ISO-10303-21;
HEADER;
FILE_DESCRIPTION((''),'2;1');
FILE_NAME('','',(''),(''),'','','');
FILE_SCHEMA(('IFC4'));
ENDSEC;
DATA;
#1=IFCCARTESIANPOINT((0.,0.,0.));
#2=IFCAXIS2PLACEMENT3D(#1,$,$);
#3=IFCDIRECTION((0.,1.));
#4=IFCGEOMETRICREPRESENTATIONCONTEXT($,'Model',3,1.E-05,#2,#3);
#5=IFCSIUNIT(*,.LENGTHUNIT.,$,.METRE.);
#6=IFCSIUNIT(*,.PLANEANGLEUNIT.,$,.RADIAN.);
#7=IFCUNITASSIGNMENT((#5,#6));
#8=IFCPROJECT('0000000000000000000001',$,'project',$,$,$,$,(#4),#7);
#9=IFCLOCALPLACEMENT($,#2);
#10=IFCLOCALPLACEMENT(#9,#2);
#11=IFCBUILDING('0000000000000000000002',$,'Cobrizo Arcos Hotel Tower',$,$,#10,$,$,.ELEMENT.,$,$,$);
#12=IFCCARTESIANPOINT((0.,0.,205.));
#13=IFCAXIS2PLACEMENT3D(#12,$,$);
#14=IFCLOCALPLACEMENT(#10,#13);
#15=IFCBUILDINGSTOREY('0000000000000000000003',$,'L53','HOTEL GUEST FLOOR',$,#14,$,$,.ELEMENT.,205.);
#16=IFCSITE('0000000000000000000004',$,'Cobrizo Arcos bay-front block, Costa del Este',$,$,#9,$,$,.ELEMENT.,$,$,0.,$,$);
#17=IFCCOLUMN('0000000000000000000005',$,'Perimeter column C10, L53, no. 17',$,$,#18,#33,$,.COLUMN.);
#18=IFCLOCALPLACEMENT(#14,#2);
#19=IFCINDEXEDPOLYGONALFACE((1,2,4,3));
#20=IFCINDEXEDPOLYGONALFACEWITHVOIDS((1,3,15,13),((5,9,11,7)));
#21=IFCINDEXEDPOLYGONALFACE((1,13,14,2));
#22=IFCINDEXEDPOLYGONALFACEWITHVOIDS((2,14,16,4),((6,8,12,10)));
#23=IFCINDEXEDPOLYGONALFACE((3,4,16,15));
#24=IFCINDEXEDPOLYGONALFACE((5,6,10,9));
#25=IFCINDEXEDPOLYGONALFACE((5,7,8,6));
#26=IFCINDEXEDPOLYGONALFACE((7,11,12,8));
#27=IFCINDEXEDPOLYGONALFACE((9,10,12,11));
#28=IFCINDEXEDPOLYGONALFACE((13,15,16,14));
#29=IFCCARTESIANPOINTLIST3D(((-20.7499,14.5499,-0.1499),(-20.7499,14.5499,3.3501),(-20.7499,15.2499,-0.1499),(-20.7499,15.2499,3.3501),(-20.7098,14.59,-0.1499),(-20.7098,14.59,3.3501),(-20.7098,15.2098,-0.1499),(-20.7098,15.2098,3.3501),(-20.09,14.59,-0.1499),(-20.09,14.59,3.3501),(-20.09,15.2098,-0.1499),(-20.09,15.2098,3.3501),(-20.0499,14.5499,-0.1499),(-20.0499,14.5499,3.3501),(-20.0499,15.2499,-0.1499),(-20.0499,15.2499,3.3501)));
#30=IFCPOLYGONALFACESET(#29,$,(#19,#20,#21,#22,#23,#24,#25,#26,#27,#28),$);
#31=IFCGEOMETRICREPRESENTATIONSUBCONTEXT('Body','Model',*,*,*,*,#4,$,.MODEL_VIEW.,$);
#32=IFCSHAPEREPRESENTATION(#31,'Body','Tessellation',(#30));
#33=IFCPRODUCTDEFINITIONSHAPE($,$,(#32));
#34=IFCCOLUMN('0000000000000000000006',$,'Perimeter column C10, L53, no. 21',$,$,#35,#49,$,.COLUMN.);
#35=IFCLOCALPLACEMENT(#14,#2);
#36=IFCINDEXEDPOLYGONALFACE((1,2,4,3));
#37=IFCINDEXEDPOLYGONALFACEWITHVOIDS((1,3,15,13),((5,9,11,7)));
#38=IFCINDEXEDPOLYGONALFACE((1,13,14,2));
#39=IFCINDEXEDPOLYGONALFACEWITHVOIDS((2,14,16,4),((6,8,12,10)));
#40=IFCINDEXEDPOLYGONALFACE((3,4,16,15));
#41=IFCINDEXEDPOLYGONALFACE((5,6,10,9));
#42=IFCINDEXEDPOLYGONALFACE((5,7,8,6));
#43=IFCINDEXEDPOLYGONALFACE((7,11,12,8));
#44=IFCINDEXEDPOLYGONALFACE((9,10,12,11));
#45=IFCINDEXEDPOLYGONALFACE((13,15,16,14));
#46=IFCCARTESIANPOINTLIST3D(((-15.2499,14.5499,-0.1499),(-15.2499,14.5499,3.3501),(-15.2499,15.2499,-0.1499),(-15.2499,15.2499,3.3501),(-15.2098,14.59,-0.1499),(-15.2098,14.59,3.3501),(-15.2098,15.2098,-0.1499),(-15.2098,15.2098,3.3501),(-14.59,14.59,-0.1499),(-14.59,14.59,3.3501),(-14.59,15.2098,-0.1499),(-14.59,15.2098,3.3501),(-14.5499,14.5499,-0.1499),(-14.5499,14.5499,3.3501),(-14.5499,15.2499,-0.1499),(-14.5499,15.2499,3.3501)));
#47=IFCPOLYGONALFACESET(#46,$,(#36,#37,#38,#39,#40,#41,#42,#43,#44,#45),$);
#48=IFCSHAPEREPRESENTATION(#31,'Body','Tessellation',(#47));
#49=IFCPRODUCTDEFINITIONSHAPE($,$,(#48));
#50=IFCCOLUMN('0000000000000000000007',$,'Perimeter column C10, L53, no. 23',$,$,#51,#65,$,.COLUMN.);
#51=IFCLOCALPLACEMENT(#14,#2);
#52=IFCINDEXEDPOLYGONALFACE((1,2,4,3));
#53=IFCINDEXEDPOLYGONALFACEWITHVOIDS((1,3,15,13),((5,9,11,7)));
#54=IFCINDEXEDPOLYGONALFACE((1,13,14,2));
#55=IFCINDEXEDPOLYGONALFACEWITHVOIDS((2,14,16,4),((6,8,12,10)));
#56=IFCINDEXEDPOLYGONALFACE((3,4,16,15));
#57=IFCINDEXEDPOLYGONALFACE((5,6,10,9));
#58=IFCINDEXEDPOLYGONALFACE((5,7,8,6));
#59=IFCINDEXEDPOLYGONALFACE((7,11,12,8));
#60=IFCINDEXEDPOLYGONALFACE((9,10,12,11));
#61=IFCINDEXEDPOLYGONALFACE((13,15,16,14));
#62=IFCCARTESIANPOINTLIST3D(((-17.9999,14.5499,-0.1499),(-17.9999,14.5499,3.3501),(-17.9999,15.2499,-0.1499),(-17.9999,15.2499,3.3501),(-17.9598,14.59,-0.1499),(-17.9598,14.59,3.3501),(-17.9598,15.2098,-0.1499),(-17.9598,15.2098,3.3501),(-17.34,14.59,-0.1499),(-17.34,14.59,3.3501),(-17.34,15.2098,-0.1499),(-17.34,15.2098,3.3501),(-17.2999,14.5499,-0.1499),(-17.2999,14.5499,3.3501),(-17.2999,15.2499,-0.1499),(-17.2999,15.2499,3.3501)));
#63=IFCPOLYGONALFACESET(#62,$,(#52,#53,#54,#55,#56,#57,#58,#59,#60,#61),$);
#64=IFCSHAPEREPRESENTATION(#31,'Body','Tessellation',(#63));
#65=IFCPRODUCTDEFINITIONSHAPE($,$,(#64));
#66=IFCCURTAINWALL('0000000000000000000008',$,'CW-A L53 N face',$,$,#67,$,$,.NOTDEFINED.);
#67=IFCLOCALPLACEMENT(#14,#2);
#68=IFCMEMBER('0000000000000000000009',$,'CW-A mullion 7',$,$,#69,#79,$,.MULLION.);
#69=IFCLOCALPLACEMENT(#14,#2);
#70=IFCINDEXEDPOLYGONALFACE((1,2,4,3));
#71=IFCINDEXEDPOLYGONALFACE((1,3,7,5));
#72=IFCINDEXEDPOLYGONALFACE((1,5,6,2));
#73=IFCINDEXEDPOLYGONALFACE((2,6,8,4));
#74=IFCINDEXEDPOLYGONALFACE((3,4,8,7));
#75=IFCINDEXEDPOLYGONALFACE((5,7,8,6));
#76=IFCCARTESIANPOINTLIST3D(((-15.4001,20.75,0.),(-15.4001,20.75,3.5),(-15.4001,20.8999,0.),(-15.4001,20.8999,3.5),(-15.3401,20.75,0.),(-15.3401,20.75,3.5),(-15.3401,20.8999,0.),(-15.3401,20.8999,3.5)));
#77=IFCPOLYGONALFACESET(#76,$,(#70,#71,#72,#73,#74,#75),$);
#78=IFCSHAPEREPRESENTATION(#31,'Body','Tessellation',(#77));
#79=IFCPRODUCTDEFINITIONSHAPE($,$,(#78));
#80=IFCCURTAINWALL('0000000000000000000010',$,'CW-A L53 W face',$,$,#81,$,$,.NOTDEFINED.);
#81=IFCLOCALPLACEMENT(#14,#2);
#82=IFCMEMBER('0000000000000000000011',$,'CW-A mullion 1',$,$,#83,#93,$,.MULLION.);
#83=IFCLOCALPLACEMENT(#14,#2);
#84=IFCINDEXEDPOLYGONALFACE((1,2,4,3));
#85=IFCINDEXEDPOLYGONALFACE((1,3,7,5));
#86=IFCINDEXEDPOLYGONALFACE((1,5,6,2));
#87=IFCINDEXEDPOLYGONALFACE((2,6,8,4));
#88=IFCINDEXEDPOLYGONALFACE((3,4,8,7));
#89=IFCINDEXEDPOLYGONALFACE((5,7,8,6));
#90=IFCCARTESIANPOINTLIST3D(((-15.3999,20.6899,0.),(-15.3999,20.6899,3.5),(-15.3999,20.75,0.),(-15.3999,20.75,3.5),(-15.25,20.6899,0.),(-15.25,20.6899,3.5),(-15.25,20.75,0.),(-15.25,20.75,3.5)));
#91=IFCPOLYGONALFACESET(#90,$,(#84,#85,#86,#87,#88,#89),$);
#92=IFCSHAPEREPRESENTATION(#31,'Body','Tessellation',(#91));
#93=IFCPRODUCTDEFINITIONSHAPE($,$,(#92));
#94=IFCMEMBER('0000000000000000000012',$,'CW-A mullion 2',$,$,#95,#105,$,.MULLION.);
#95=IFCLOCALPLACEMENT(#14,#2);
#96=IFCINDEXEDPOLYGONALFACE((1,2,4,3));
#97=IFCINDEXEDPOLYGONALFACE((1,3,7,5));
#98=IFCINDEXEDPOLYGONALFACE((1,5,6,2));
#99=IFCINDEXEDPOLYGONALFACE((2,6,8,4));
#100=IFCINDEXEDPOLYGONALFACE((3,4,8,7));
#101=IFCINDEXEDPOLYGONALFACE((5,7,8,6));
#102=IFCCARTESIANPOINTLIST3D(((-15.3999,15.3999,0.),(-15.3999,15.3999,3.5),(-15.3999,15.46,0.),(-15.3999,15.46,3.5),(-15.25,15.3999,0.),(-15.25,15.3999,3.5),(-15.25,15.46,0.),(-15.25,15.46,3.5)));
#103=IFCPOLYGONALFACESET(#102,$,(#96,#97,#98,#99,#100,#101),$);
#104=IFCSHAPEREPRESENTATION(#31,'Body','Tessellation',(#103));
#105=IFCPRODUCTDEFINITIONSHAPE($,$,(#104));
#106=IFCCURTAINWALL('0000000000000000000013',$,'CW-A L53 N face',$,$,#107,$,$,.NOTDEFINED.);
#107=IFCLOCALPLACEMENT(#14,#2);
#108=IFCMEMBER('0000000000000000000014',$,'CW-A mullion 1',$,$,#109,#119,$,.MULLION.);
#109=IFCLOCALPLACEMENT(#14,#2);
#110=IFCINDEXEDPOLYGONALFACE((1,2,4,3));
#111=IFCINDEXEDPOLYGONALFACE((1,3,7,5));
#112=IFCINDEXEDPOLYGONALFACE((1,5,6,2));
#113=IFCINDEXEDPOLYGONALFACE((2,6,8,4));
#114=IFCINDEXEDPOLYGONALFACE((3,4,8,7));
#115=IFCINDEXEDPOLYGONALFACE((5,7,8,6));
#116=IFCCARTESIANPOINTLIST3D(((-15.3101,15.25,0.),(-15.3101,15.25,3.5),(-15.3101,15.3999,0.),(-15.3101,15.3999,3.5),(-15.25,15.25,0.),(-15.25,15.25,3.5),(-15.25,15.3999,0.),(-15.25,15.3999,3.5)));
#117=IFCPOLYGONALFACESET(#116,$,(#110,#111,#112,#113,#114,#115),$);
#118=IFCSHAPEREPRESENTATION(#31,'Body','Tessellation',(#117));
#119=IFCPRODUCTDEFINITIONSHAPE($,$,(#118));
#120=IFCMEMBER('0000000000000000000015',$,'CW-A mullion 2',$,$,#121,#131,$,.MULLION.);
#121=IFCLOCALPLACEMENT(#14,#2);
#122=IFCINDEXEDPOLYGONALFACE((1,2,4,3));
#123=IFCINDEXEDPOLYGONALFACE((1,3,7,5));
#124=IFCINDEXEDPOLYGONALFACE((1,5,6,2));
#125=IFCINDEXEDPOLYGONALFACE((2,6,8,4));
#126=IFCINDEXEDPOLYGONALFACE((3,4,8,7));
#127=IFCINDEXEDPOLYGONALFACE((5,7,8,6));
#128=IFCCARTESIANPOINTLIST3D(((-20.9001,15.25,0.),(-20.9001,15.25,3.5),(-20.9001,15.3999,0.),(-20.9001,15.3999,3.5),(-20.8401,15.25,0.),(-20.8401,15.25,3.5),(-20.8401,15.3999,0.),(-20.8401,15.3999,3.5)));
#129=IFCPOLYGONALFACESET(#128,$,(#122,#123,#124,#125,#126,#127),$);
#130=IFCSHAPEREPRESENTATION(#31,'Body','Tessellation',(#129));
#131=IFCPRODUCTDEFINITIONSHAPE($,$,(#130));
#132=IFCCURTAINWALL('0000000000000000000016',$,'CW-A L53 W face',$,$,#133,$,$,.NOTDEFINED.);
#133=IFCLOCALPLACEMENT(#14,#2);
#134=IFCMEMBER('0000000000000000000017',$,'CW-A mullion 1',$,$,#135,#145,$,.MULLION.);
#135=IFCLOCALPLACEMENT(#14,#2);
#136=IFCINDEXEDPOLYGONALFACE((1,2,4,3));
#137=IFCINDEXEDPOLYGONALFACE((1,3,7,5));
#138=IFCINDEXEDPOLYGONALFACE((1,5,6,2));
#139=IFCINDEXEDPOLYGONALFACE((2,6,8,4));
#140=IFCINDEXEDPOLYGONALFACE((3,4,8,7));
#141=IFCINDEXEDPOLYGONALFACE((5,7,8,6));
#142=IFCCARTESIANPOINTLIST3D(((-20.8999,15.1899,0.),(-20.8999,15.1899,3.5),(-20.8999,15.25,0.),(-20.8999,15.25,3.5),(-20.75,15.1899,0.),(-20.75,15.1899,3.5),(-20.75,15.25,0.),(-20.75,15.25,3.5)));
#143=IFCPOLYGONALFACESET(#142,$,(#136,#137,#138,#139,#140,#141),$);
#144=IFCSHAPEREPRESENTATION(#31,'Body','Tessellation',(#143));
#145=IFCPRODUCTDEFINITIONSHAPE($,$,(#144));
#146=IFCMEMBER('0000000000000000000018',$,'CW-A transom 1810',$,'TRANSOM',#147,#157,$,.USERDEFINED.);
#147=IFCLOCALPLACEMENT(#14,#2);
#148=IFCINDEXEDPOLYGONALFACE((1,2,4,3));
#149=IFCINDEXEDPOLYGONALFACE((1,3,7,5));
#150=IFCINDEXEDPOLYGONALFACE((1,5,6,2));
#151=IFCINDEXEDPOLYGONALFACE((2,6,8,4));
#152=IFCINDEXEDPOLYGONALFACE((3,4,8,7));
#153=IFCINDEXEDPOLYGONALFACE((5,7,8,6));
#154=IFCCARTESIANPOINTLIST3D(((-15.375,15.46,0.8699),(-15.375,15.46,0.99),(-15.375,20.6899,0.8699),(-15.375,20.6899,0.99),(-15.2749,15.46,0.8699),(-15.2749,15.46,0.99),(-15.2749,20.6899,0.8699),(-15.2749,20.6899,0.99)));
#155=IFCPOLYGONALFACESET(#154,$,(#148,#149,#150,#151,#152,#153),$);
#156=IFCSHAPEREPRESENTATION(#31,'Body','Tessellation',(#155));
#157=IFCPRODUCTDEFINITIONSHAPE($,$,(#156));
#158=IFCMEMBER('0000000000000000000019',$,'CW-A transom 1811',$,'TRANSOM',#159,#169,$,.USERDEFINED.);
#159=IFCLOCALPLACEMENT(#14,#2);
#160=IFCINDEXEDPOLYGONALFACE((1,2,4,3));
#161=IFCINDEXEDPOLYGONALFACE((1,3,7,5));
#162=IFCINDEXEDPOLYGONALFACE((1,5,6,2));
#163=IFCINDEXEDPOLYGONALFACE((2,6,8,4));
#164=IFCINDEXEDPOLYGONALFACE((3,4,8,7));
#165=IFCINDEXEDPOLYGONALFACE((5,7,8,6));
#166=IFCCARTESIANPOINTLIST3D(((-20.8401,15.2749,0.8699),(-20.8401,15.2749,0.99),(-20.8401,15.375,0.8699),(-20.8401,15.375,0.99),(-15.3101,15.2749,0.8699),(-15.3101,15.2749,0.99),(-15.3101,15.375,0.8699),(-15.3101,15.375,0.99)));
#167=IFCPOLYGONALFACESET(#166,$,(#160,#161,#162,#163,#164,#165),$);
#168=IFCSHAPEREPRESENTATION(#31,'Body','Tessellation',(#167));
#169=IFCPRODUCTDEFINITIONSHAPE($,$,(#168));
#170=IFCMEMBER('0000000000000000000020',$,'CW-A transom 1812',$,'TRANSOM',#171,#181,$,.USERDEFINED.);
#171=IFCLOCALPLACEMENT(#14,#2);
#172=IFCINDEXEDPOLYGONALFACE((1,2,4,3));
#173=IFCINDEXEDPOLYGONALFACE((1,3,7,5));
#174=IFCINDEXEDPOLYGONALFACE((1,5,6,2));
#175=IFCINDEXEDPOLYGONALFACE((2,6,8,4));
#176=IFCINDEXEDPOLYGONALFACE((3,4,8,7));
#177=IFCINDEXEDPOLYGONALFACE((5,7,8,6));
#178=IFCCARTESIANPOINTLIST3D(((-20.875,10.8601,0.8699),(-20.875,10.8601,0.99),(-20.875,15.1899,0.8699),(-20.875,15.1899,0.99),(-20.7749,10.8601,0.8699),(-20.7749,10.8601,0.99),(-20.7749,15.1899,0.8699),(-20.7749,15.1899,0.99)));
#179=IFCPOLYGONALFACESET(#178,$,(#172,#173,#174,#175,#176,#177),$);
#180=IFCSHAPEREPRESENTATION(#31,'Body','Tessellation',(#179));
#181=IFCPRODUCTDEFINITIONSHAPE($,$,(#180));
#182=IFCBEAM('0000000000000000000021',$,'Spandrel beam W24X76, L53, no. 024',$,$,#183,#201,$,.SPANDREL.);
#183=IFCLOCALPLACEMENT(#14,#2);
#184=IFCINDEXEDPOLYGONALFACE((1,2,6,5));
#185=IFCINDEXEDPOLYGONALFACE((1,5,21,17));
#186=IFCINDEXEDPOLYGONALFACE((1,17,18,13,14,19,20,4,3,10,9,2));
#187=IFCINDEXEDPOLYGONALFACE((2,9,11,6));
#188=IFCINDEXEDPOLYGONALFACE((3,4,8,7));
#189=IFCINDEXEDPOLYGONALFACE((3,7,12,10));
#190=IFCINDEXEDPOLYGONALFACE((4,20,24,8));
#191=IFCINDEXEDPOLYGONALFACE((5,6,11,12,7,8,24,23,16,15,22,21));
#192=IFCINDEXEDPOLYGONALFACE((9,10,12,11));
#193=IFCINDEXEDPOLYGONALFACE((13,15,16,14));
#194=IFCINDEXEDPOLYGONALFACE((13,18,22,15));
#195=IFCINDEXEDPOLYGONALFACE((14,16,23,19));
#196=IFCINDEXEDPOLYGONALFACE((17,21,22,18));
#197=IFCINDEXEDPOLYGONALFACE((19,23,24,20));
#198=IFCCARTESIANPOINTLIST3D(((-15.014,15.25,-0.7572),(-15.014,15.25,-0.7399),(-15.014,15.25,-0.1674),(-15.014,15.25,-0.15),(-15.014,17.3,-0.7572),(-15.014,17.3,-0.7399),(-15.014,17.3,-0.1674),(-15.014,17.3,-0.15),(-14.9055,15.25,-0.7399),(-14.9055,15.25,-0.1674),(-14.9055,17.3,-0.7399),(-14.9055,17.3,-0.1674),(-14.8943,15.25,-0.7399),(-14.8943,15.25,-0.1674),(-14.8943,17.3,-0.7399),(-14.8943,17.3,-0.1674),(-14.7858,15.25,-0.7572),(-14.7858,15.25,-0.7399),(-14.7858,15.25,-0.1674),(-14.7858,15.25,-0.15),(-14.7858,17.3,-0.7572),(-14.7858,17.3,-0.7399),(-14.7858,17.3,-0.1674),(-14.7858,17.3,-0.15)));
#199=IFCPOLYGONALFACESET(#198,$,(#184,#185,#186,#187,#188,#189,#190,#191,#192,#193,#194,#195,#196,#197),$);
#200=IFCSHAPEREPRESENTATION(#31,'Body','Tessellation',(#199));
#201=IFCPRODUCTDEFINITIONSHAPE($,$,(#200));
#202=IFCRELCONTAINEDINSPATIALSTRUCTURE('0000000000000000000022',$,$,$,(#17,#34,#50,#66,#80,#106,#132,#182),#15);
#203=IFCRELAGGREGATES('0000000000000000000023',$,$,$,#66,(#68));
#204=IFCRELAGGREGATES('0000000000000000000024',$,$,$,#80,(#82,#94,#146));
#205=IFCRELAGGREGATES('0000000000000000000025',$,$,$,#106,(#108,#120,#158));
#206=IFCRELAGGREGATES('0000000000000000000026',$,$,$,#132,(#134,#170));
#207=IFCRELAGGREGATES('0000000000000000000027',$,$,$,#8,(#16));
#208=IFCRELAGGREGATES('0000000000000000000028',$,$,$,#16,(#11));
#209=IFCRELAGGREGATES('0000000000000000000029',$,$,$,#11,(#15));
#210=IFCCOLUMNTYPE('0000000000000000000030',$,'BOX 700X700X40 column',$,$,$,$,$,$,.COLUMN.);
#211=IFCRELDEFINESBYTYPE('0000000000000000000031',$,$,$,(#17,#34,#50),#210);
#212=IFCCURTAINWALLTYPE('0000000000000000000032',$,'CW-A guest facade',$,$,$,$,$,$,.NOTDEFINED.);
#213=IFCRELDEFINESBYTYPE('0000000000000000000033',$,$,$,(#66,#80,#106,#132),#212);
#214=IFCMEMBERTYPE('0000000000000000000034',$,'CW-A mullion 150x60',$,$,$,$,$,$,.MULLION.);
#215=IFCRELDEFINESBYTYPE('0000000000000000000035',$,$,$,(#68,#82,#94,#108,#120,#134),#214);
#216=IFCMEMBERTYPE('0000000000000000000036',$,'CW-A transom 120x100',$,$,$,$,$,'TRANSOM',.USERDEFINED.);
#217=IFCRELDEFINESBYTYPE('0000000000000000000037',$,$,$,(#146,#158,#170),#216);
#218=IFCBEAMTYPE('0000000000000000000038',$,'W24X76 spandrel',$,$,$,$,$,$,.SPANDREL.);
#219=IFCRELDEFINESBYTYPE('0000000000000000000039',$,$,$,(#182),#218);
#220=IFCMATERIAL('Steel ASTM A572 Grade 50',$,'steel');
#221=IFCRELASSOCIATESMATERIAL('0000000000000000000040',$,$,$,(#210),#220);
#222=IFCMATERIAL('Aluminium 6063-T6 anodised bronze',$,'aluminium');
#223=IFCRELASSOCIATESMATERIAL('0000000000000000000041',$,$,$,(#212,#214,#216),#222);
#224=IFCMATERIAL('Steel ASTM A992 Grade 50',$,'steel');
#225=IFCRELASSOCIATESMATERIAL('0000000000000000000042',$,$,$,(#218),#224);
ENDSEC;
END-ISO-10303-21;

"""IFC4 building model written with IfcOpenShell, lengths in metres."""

from ifc_helpers import new_model, si_unit, direction, frame, origin, origin_2d, place, context, subcontext, project, spatial, rectangle, hollow_rectangle, i_section, extrude, material, material_profile, profile_set, type_object, element, aggregate, save


model = new_model("IFC4")

# Units and contexts
model_context = context("Model", 3, precision=1e-05, world=origin(), true_north=direction((0.0, 1.0)))
body_context = subcontext(model_context, "Body", "Model", "MODEL_VIEW")
ifc_project = project(units=[si_unit("LENGTHUNIT", "METRE"), si_unit("PLANEANGLEUNIT", "RADIAN")], contexts=[model_context])

# Site, building, storey
site_placement = place(None, origin())
site = spatial("IfcSite", under=ifc_project, at=site_placement, Name="Cobrizo Arcos bay-front block, Costa del Este", CompositionType="ELEMENT", RefElevation=0.0)
building_placement = place(site_placement, origin())
building = spatial("IfcBuilding", under=site, at=building_placement, Name="Cobrizo Arcos Hotel Tower", CompositionType="ELEMENT")
storey_placement = place(building_placement, frame((0.0, 0.0, 205.0)))
storey = spatial("IfcBuildingStorey", under=building, at=storey_placement, Name="L53", Description="HOTEL GUEST FLOOR", CompositionType="ELEMENT", Elevation=205.0)

# Columns
ifc_material_1 = material(Name="Steel ASTM A572 Grade 50", Category="steel")
ifc_material_profile_1 = material_profile(ifc_material_1, hollow_rectangle(XDim=0.7, YDim=0.7, WallThickness=0.04, at=origin_2d()), Name="BOX 700X700X40")
ifc_profile_set_1 = profile_set([ifc_material_profile_1], Name="Steel ASTM A572 Grade 50")
column_type = type_object("IfcColumnType", Name="BOX 700X700X40 column", PredefinedType="COLUMN", material=ifc_profile_set_1)
for number, where, z_axis, x_axis, name in (
    (1, (-20.3999, 14.8999, -0.1499), (0.0, 0.0, 1.0), (1.0, 0.0, 0.0), "Perimeter column C10, L53, no. 17"),
    (2, (-14.8999, 14.8999, -0.1499), (0.0, 0.0, 1.0), (1.0, 0.0, 0.0), "Perimeter column C10, L53, no. 21"),
    (3, (-17.6499, 14.8999, -0.1499), (0.0, 0.0, 1.0), (1.0, 0.0, 0.0), "Perimeter column C10, L53, no. 23"),
):
    element("IfcColumn", number, at=place(storey_placement, frame(where, z_axis=z_axis, x_axis=x_axis)), inside=storey, type_object=column_type, Name=name, PredefinedType="COLUMN", context=body_context, shape_type="SweptSolid", body=[
        extrude(hollow_rectangle(XDim=0.7, YDim=0.7, WallThickness=0.04, at=origin_2d()), origin(), (0.0, 0.0, 1.0), 3.5),
    ])

# Curtain wall, member
ifc_material_2 = material(Name="Aluminium 6063-T6 anodised bronze", Category="aluminium")
curtain_wall_type = type_object("IfcCurtainWallType", Name="CW-A guest facade", PredefinedType="NOTDEFINED", material=ifc_material_2)
curtain_wall_1_placement = place(storey_placement, origin())
curtain_wall_1 = element("IfcCurtainWall", 4, at=curtain_wall_1_placement, inside=storey, type_object=curtain_wall_type, Name="CW-A L53 N face", PredefinedType="NOTDEFINED")
ifc_material_profile_2 = material_profile(ifc_material_2, rectangle(XDim=0.1499, YDim=0.0601, at=origin_2d()), Name="CW-A mullion 150x60")
ifc_profile_set_2 = profile_set([ifc_material_profile_2], Name="Aluminium 6063-T6 anodised bronze")
member_type_1 = type_object("IfcMemberType", Name="CW-A mullion 150x60", PredefinedType="MULLION", material=ifc_profile_set_2)
member_1_placement = place(storey_placement, frame((-15.3701, 20.825, 0.0), z_axis=(0.0, 0.0, 1.0), x_axis=(0.0, 1.0, 0.0)))
member_1 = element("IfcMember", 5, at=member_1_placement, type_object=member_type_1, Name="CW-A mullion 7", PredefinedType="MULLION", context=body_context, shape_type="SweptSolid", body=[
    extrude(rectangle(XDim=0.1499, YDim=0.0601, at=origin_2d()), origin(), (0.0, 0.0, 1.0), 3.5),
])
aggregate(curtain_wall_1, [member_1])

# Curtain walls, members
curtain_wall_2_placement = place(storey_placement, origin())
curtain_wall_2 = element("IfcCurtainWall", 6, at=curtain_wall_2_placement, inside=storey, type_object=curtain_wall_type, Name="CW-A L53 W face", PredefinedType="NOTDEFINED")
member_2_placement = place(storey_placement, frame((-15.325, 20.72, 0.0), z_axis=(0.0, 0.0, 1.0), x_axis=(-1.0, 0.0, 0.0)))
member_2 = element("IfcMember", 7, at=member_2_placement, type_object=member_type_1, Name="CW-A mullion 1", PredefinedType="MULLION", context=body_context, shape_type="SweptSolid", body=[
    extrude(rectangle(XDim=0.1499, YDim=0.0601, at=origin_2d()), origin(), (0.0, 0.0, 1.0), 3.5),
])
member_3_placement = place(storey_placement, frame((-15.325, 15.4299, 0.0), z_axis=(0.0, 0.0, 1.0), x_axis=(-1.0, 0.0, 0.0)))
member_3 = element("IfcMember", 8, at=member_3_placement, type_object=member_type_1, Name="CW-A mullion 2", PredefinedType="MULLION", context=body_context, shape_type="SweptSolid", body=[
    extrude(rectangle(XDim=0.1499, YDim=0.0601, at=origin_2d()), origin(), (0.0, 0.0, 1.0), 3.5),
])
curtain_wall_3_placement = place(storey_placement, origin())
curtain_wall_3 = element("IfcCurtainWall", 9, at=curtain_wall_3_placement, inside=storey, type_object=curtain_wall_type, Name="CW-A L53 N face", PredefinedType="NOTDEFINED")
member_4_placement = place(storey_placement, frame((-15.28, 15.325, 0.0), z_axis=(0.0, 0.0, 1.0), x_axis=(0.0, 1.0, 0.0)))
member_4 = element("IfcMember", 10, at=member_4_placement, type_object=member_type_1, Name="CW-A mullion 1", PredefinedType="MULLION", context=body_context, shape_type="SweptSolid", body=[
    extrude(rectangle(XDim=0.1499, YDim=0.0601, at=origin_2d()), origin(), (0.0, 0.0, 1.0), 3.5),
])
member_5_placement = place(storey_placement, frame((-20.8701, 15.325, 0.0), z_axis=(0.0, 0.0, 1.0), x_axis=(0.0, 1.0, 0.0)))
member_5 = element("IfcMember", 11, at=member_5_placement, type_object=member_type_1, Name="CW-A mullion 2", PredefinedType="MULLION", context=body_context, shape_type="SweptSolid", body=[
    extrude(rectangle(XDim=0.1499, YDim=0.0601, at=origin_2d()), origin(), (0.0, 0.0, 1.0), 3.5),
])

# Curtain wall, member
curtain_wall_4_placement = place(storey_placement, origin())
curtain_wall_4 = element("IfcCurtainWall", 12, at=curtain_wall_4_placement, inside=storey, type_object=curtain_wall_type, Name="CW-A L53 W face", PredefinedType="NOTDEFINED")
member_6_placement = place(storey_placement, frame((-20.825, 15.22, 0.0), z_axis=(0.0, 0.0, 1.0), x_axis=(-1.0, 0.0, 0.0)))
member_6 = element("IfcMember", 13, at=member_6_placement, type_object=member_type_1, Name="CW-A mullion 1", PredefinedType="MULLION", context=body_context, shape_type="SweptSolid", body=[
    extrude(rectangle(XDim=0.1499, YDim=0.0601, at=origin_2d()), origin(), (0.0, 0.0, 1.0), 3.5),
])

# Members
ifc_material_profile_3 = material_profile(ifc_material_2, rectangle(XDim=0.1001, YDim=0.1201, at=origin_2d()), Name="CW-A transom 120x100")
ifc_profile_set_3 = profile_set([ifc_material_profile_3], Name="Aluminium 6063-T6 anodised bronze")
member_type_2 = type_object("IfcMemberType", Name="CW-A transom 120x100", ElementType="TRANSOM", PredefinedType="USERDEFINED", material=ifc_profile_set_3)
member_7_placement = place(storey_placement, frame((-15.325, 20.6899, 0.9299), z_axis=(0.0, -1.0, 0.0), x_axis=(1.0, 0.0, 0.0)))
member_7 = element("IfcMember", 14, at=member_7_placement, type_object=member_type_2, Name="CW-A transom 1810", ObjectType="TRANSOM", PredefinedType="USERDEFINED", context=body_context, shape_type="SweptSolid", body=[
    extrude(rectangle(XDim=0.1001, YDim=0.1201, at=origin_2d()), origin(), (0.0, 0.0, 1.0), 5.23),
])
member_8_placement = place(storey_placement, frame((-15.3101, 15.325, 0.9299), z_axis=(-1.0, 0.0, 0.0), x_axis=(0.0, -1.0, 0.0)))
member_8 = element("IfcMember", 15, at=member_8_placement, type_object=member_type_2, Name="CW-A transom 1811", ObjectType="TRANSOM", PredefinedType="USERDEFINED", context=body_context, shape_type="SweptSolid", body=[
    extrude(rectangle(XDim=0.1001, YDim=0.1201, at=origin_2d()), origin(), (0.0, 0.0, 1.0), 5.53),
])
member_9_placement = place(storey_placement, frame((-20.825, 15.1899, 0.9299), z_axis=(0.0, -1.0, 0.0), x_axis=(1.0, 0.0, 0.0)))
member_9 = element("IfcMember", 16, at=member_9_placement, type_object=member_type_2, Name="CW-A transom 1812", ObjectType="TRANSOM", PredefinedType="USERDEFINED", context=body_context, shape_type="SweptSolid", body=[
    extrude(rectangle(XDim=0.1001, YDim=0.1201, at=origin_2d()), origin(), (0.0, 0.0, 1.0), 4.3298),
])

# Beam
ifc_material_3 = material(Name="Steel ASTM A992 Grade 50", Category="steel")
ifc_material_profile_4 = material_profile(ifc_material_3, i_section(OverallWidth=0.2283, OverallDepth=0.6072, WebThickness=0.0112, FlangeThickness=0.0173, at=origin_2d()), Name="W24X76")
ifc_profile_set_4 = profile_set([ifc_material_profile_4], Name="Steel ASTM A992 Grade 50")
beam_type = type_object("IfcBeamType", Name="W24X76 spandrel", PredefinedType="SPANDREL", material=ifc_profile_set_4)
for number, where, z_axis, x_axis, name in (
    (17, (-14.8999, 17.3, -0.4536), (0.0, -1.0, 0.0), (1.0, 0.0, 0.0), "Spandrel beam W24X76, L53, no. 024"),
):
    element("IfcBeam", number, at=place(storey_placement, frame(where, z_axis=z_axis, x_axis=x_axis)), inside=storey, type_object=beam_type, Name=name, PredefinedType="SPANDREL", context=body_context, shape_type="SweptSolid", body=[
        extrude(i_section(OverallWidth=0.2283, OverallDepth=0.6072, WebThickness=0.0112, FlangeThickness=0.0173, at=origin_2d()), origin(), (0.0, 0.0, 1.0), 2.05),
    ])

aggregate(curtain_wall_2, [member_2, member_3, member_7])
aggregate(curtain_wall_3, [member_4, member_5, member_8])
aggregate(curtain_wall_4, [member_6, member_9])

save(model, "model.ifc")
